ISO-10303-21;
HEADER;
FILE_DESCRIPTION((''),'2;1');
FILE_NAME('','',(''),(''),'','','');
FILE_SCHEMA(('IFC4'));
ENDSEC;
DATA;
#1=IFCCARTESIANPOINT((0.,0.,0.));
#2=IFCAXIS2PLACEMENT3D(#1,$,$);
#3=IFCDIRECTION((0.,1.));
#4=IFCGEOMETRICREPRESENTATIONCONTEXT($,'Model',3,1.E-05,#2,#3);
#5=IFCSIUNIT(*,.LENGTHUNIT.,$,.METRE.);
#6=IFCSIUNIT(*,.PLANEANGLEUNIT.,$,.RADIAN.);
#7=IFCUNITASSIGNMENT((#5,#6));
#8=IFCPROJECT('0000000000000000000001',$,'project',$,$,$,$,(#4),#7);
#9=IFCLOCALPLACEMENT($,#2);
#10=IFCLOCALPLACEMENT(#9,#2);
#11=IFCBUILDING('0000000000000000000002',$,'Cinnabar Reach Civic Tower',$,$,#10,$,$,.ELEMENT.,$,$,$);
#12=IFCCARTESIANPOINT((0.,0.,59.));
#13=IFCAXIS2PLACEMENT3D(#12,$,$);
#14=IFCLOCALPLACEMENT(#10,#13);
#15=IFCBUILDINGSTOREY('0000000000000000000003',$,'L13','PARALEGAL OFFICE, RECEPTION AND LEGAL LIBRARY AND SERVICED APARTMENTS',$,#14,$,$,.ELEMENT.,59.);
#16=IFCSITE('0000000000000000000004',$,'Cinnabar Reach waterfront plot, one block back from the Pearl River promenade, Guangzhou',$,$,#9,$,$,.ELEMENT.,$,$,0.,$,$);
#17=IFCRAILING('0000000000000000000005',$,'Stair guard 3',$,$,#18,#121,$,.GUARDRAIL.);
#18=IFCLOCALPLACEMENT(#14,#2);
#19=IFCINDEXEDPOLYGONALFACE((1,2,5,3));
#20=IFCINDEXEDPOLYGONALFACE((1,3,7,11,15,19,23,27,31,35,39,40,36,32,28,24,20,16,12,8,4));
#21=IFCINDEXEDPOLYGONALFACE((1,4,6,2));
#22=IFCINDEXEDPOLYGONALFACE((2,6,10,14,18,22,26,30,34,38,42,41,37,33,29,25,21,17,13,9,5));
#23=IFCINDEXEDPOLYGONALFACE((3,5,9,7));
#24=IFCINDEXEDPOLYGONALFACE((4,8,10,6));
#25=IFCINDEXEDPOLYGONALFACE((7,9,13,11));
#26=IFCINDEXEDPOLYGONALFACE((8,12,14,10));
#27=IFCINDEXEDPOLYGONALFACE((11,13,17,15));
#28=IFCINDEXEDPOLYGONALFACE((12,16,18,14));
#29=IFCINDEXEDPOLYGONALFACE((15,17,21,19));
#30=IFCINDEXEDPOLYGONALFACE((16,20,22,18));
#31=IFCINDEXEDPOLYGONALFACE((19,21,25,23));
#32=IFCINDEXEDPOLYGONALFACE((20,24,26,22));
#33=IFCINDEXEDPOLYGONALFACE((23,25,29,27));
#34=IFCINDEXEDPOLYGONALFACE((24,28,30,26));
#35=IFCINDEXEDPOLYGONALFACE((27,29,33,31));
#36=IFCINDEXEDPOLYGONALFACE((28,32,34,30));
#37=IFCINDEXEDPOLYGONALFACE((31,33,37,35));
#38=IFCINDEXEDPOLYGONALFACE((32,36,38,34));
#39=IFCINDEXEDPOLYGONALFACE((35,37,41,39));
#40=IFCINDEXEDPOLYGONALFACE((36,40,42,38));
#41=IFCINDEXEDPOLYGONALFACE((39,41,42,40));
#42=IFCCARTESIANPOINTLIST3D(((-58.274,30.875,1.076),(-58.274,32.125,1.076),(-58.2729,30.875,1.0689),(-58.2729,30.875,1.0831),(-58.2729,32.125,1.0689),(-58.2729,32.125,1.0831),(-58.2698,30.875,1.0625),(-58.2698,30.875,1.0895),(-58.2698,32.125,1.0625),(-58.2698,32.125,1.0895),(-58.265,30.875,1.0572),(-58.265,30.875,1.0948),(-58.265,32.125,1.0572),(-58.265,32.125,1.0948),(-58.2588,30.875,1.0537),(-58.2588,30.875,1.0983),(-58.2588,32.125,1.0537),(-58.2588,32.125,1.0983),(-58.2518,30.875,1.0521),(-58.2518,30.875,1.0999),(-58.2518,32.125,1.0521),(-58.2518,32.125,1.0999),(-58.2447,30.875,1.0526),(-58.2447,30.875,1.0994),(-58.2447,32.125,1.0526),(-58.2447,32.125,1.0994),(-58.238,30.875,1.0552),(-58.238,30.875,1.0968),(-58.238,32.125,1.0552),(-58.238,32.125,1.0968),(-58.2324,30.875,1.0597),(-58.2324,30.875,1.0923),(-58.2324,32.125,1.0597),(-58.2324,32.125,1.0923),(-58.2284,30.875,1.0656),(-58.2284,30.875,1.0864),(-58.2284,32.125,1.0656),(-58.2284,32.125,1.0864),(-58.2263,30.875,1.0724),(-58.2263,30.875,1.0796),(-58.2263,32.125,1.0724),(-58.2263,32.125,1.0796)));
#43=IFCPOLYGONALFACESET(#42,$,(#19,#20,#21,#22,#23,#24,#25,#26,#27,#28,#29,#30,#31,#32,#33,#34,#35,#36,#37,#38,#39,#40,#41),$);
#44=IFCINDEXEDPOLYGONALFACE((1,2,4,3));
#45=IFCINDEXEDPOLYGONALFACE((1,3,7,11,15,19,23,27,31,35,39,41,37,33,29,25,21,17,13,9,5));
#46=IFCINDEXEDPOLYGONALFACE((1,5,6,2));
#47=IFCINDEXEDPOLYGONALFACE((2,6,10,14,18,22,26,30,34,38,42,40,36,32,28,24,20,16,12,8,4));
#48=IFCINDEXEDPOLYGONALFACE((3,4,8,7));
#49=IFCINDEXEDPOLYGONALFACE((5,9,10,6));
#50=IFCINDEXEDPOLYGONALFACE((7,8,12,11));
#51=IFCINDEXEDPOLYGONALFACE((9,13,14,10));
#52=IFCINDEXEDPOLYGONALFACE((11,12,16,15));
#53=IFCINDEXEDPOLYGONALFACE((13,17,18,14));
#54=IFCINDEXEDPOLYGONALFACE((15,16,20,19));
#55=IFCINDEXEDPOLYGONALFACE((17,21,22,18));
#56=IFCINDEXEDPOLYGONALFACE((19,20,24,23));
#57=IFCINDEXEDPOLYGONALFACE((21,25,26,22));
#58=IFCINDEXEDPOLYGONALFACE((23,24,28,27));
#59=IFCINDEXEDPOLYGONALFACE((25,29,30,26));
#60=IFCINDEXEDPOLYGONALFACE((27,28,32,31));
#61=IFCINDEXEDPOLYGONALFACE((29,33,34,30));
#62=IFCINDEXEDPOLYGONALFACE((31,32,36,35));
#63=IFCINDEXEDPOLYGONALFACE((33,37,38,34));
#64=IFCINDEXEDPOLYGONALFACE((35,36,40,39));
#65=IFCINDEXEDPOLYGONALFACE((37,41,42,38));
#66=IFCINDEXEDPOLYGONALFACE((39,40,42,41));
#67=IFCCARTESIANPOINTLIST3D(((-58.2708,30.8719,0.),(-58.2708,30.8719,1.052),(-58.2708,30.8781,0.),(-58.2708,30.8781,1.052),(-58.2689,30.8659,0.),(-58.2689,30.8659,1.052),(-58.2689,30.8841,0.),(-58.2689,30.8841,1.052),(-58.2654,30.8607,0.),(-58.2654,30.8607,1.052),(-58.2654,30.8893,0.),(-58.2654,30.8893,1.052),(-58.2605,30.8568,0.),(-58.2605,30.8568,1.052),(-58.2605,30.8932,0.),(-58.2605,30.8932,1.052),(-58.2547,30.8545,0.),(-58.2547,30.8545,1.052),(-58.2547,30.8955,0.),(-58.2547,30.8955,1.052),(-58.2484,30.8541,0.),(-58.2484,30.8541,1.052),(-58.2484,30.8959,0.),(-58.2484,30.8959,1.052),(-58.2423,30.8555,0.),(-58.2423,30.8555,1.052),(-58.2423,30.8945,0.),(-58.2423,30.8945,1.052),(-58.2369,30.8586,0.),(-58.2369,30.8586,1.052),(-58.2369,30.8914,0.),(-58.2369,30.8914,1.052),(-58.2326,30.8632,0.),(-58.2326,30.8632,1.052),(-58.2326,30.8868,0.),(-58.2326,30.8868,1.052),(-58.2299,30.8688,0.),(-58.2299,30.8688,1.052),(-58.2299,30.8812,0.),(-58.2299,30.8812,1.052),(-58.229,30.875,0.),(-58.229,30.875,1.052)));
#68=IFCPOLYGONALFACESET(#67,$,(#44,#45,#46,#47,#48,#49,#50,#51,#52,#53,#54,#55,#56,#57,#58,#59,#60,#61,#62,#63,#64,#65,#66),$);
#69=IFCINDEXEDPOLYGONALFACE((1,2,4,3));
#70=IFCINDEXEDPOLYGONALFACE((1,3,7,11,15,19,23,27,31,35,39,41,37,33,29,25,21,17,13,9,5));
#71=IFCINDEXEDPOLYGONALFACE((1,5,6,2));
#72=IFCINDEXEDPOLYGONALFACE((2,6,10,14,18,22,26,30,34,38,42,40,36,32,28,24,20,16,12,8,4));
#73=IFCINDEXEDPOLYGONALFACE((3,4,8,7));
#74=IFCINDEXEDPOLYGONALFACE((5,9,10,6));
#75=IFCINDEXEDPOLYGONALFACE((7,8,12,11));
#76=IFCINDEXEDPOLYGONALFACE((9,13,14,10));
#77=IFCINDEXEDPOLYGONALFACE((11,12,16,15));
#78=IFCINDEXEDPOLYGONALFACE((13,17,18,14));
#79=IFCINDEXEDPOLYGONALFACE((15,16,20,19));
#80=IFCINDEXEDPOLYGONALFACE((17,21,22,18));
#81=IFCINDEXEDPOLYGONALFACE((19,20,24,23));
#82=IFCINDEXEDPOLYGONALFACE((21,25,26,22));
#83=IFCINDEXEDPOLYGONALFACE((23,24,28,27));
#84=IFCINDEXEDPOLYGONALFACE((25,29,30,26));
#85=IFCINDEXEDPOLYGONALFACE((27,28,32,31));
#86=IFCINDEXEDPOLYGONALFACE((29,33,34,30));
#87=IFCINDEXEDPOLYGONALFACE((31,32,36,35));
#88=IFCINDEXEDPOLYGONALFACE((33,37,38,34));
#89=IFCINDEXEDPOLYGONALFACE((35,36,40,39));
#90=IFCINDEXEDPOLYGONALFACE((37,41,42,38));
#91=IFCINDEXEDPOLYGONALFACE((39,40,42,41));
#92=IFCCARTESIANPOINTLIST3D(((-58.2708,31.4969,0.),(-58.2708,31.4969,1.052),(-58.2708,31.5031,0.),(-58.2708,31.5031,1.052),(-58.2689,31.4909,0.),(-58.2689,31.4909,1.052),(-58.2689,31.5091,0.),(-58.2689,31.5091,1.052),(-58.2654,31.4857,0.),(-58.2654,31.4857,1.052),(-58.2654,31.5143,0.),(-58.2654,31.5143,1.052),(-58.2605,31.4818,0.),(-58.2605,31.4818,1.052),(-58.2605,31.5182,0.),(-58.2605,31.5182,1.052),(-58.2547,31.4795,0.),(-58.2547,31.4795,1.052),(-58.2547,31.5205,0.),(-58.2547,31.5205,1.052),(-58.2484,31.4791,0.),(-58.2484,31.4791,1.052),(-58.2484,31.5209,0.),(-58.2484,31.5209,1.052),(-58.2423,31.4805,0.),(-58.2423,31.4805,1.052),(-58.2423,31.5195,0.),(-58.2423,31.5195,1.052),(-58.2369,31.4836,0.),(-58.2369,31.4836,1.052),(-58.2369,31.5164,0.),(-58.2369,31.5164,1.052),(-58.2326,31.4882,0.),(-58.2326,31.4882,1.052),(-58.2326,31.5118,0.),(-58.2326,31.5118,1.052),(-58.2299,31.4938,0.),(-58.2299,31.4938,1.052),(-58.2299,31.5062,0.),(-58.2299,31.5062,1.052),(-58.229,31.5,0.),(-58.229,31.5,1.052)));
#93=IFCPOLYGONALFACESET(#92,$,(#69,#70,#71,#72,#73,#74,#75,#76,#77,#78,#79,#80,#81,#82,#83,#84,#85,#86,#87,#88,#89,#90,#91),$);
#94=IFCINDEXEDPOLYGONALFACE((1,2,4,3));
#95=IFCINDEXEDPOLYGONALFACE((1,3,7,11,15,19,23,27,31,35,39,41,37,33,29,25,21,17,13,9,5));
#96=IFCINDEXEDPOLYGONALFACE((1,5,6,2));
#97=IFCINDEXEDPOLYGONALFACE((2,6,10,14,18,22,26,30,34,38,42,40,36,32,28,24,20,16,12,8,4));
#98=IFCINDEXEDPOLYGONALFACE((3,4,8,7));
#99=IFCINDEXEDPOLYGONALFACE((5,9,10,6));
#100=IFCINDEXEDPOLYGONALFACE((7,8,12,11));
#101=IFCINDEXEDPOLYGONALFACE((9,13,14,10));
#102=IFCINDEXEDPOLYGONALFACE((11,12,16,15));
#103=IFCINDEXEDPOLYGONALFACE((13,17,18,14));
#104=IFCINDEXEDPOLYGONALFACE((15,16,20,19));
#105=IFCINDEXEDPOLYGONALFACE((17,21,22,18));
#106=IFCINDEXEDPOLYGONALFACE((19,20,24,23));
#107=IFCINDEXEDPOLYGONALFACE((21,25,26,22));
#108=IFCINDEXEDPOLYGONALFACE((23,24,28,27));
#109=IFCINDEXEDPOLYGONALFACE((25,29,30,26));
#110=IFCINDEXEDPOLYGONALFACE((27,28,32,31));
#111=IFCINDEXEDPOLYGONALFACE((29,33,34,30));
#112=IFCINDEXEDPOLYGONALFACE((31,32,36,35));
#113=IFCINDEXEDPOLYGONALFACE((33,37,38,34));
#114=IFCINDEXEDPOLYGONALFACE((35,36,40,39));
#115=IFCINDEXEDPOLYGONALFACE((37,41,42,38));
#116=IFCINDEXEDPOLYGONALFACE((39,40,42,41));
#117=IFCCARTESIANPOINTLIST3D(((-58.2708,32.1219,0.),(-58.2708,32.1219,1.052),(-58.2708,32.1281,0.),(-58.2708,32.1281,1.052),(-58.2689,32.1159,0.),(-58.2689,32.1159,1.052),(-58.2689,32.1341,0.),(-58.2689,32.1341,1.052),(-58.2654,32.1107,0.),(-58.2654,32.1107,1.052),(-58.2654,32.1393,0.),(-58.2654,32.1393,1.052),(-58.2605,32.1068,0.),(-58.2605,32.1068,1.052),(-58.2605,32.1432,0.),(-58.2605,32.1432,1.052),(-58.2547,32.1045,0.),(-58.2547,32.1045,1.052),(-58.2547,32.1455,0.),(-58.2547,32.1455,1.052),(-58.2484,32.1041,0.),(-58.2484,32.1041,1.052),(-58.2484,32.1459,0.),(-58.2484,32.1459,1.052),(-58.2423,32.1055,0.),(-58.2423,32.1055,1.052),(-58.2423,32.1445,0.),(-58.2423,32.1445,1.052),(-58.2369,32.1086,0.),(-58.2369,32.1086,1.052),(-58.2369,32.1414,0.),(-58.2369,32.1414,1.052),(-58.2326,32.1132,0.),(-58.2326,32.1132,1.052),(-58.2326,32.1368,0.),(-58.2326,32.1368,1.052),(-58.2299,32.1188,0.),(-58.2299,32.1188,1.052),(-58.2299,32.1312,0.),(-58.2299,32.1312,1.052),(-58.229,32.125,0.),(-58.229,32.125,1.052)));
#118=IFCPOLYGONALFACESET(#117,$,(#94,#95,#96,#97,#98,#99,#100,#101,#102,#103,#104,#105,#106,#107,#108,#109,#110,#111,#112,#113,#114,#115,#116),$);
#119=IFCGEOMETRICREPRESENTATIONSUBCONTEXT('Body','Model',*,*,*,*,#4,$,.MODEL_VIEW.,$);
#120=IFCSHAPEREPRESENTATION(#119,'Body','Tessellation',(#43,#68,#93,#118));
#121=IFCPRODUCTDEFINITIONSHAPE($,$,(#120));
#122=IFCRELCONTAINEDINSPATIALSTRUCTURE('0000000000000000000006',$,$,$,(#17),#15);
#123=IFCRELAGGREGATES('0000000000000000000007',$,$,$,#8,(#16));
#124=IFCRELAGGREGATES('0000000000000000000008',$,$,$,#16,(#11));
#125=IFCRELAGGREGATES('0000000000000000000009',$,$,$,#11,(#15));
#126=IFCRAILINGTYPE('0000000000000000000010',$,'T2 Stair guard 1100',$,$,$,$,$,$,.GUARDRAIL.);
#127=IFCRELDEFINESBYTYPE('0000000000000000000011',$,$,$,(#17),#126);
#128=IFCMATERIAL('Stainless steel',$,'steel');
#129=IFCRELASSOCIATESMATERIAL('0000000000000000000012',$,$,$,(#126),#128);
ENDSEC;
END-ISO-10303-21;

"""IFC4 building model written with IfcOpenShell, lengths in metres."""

from ifc_helpers import new_model, si_unit, direction, frame, origin, origin_2d, place, context, subcontext, project, spatial, circle, extrude, material, type_object, element, save


model = new_model("IFC4")

# Units and contexts
model_context = context("Model", 3, precision=1e-05, world=origin(), true_north=direction((0.0, 1.0)))
body_context = subcontext(model_context, "Body", "Model", "MODEL_VIEW")
ifc_project = project(units=[si_unit("LENGTHUNIT", "METRE"), si_unit("PLANEANGLEUNIT", "RADIAN")], contexts=[model_context])

# Site, building, storey
site_placement = place(None, origin())
site = spatial("IfcSite", under=ifc_project, at=site_placement, Name="Cinnabar Reach waterfront plot, one block back from the Pearl River promenade, Guangzhou", CompositionType="ELEMENT", RefElevation=0.0)
building_placement = place(site_placement, origin())
building = spatial("IfcBuilding", under=site, at=building_placement, Name="Cinnabar Reach Civic Tower", CompositionType="ELEMENT")
storey_placement = place(building_placement, frame((0.0, 0.0, 59.0)))
storey = spatial("IfcBuildingStorey", under=building, at=storey_placement, Name="L13", Description="PARALEGAL OFFICE, RECEPTION AND LEGAL LIBRARY AND SERVICED APARTMENTS", CompositionType="ELEMENT", Elevation=59.0)

# Railing
ifc_material_1 = material(Name="Stainless steel", Category="steel")
railing_type = type_object("IfcRailingType", Name="T2 Stair guard 1100", PredefinedType="GUARDRAIL", material=ifc_material_1)
railing_placement = place(storey_placement, frame((-58.25, 30.875, 0.0)))
element("IfcRailing", 1, at=railing_placement, inside=storey, type_object=railing_type, Name="Stair guard 3", PredefinedType="GUARDRAIL", context=body_context, shape_type="SweptSolid", body=[
    extrude(circle(Radius=0.024, at=origin_2d()), frame((0.0, 0.0, 1.076), z_axis=(0.0, 1.0, 0.0), x_axis=(-1.0, 0.0, 0.0)), (0.0, 0.0, 1.0), 1.25),
    extrude(circle(Radius=0.021, at=origin_2d()), origin(), (0.0, 0.0, 1.0), 1.052),
    extrude(circle(Radius=0.021, at=origin_2d()), frame((0.0, 0.625, 0.0)), (0.0, 0.0, 1.0), 1.052),
    extrude(circle(Radius=0.021, at=origin_2d()), frame((0.0, 1.25, 0.0)), (0.0, 0.0, 1.0), 1.052),
])

save(model, "model.ifc")
